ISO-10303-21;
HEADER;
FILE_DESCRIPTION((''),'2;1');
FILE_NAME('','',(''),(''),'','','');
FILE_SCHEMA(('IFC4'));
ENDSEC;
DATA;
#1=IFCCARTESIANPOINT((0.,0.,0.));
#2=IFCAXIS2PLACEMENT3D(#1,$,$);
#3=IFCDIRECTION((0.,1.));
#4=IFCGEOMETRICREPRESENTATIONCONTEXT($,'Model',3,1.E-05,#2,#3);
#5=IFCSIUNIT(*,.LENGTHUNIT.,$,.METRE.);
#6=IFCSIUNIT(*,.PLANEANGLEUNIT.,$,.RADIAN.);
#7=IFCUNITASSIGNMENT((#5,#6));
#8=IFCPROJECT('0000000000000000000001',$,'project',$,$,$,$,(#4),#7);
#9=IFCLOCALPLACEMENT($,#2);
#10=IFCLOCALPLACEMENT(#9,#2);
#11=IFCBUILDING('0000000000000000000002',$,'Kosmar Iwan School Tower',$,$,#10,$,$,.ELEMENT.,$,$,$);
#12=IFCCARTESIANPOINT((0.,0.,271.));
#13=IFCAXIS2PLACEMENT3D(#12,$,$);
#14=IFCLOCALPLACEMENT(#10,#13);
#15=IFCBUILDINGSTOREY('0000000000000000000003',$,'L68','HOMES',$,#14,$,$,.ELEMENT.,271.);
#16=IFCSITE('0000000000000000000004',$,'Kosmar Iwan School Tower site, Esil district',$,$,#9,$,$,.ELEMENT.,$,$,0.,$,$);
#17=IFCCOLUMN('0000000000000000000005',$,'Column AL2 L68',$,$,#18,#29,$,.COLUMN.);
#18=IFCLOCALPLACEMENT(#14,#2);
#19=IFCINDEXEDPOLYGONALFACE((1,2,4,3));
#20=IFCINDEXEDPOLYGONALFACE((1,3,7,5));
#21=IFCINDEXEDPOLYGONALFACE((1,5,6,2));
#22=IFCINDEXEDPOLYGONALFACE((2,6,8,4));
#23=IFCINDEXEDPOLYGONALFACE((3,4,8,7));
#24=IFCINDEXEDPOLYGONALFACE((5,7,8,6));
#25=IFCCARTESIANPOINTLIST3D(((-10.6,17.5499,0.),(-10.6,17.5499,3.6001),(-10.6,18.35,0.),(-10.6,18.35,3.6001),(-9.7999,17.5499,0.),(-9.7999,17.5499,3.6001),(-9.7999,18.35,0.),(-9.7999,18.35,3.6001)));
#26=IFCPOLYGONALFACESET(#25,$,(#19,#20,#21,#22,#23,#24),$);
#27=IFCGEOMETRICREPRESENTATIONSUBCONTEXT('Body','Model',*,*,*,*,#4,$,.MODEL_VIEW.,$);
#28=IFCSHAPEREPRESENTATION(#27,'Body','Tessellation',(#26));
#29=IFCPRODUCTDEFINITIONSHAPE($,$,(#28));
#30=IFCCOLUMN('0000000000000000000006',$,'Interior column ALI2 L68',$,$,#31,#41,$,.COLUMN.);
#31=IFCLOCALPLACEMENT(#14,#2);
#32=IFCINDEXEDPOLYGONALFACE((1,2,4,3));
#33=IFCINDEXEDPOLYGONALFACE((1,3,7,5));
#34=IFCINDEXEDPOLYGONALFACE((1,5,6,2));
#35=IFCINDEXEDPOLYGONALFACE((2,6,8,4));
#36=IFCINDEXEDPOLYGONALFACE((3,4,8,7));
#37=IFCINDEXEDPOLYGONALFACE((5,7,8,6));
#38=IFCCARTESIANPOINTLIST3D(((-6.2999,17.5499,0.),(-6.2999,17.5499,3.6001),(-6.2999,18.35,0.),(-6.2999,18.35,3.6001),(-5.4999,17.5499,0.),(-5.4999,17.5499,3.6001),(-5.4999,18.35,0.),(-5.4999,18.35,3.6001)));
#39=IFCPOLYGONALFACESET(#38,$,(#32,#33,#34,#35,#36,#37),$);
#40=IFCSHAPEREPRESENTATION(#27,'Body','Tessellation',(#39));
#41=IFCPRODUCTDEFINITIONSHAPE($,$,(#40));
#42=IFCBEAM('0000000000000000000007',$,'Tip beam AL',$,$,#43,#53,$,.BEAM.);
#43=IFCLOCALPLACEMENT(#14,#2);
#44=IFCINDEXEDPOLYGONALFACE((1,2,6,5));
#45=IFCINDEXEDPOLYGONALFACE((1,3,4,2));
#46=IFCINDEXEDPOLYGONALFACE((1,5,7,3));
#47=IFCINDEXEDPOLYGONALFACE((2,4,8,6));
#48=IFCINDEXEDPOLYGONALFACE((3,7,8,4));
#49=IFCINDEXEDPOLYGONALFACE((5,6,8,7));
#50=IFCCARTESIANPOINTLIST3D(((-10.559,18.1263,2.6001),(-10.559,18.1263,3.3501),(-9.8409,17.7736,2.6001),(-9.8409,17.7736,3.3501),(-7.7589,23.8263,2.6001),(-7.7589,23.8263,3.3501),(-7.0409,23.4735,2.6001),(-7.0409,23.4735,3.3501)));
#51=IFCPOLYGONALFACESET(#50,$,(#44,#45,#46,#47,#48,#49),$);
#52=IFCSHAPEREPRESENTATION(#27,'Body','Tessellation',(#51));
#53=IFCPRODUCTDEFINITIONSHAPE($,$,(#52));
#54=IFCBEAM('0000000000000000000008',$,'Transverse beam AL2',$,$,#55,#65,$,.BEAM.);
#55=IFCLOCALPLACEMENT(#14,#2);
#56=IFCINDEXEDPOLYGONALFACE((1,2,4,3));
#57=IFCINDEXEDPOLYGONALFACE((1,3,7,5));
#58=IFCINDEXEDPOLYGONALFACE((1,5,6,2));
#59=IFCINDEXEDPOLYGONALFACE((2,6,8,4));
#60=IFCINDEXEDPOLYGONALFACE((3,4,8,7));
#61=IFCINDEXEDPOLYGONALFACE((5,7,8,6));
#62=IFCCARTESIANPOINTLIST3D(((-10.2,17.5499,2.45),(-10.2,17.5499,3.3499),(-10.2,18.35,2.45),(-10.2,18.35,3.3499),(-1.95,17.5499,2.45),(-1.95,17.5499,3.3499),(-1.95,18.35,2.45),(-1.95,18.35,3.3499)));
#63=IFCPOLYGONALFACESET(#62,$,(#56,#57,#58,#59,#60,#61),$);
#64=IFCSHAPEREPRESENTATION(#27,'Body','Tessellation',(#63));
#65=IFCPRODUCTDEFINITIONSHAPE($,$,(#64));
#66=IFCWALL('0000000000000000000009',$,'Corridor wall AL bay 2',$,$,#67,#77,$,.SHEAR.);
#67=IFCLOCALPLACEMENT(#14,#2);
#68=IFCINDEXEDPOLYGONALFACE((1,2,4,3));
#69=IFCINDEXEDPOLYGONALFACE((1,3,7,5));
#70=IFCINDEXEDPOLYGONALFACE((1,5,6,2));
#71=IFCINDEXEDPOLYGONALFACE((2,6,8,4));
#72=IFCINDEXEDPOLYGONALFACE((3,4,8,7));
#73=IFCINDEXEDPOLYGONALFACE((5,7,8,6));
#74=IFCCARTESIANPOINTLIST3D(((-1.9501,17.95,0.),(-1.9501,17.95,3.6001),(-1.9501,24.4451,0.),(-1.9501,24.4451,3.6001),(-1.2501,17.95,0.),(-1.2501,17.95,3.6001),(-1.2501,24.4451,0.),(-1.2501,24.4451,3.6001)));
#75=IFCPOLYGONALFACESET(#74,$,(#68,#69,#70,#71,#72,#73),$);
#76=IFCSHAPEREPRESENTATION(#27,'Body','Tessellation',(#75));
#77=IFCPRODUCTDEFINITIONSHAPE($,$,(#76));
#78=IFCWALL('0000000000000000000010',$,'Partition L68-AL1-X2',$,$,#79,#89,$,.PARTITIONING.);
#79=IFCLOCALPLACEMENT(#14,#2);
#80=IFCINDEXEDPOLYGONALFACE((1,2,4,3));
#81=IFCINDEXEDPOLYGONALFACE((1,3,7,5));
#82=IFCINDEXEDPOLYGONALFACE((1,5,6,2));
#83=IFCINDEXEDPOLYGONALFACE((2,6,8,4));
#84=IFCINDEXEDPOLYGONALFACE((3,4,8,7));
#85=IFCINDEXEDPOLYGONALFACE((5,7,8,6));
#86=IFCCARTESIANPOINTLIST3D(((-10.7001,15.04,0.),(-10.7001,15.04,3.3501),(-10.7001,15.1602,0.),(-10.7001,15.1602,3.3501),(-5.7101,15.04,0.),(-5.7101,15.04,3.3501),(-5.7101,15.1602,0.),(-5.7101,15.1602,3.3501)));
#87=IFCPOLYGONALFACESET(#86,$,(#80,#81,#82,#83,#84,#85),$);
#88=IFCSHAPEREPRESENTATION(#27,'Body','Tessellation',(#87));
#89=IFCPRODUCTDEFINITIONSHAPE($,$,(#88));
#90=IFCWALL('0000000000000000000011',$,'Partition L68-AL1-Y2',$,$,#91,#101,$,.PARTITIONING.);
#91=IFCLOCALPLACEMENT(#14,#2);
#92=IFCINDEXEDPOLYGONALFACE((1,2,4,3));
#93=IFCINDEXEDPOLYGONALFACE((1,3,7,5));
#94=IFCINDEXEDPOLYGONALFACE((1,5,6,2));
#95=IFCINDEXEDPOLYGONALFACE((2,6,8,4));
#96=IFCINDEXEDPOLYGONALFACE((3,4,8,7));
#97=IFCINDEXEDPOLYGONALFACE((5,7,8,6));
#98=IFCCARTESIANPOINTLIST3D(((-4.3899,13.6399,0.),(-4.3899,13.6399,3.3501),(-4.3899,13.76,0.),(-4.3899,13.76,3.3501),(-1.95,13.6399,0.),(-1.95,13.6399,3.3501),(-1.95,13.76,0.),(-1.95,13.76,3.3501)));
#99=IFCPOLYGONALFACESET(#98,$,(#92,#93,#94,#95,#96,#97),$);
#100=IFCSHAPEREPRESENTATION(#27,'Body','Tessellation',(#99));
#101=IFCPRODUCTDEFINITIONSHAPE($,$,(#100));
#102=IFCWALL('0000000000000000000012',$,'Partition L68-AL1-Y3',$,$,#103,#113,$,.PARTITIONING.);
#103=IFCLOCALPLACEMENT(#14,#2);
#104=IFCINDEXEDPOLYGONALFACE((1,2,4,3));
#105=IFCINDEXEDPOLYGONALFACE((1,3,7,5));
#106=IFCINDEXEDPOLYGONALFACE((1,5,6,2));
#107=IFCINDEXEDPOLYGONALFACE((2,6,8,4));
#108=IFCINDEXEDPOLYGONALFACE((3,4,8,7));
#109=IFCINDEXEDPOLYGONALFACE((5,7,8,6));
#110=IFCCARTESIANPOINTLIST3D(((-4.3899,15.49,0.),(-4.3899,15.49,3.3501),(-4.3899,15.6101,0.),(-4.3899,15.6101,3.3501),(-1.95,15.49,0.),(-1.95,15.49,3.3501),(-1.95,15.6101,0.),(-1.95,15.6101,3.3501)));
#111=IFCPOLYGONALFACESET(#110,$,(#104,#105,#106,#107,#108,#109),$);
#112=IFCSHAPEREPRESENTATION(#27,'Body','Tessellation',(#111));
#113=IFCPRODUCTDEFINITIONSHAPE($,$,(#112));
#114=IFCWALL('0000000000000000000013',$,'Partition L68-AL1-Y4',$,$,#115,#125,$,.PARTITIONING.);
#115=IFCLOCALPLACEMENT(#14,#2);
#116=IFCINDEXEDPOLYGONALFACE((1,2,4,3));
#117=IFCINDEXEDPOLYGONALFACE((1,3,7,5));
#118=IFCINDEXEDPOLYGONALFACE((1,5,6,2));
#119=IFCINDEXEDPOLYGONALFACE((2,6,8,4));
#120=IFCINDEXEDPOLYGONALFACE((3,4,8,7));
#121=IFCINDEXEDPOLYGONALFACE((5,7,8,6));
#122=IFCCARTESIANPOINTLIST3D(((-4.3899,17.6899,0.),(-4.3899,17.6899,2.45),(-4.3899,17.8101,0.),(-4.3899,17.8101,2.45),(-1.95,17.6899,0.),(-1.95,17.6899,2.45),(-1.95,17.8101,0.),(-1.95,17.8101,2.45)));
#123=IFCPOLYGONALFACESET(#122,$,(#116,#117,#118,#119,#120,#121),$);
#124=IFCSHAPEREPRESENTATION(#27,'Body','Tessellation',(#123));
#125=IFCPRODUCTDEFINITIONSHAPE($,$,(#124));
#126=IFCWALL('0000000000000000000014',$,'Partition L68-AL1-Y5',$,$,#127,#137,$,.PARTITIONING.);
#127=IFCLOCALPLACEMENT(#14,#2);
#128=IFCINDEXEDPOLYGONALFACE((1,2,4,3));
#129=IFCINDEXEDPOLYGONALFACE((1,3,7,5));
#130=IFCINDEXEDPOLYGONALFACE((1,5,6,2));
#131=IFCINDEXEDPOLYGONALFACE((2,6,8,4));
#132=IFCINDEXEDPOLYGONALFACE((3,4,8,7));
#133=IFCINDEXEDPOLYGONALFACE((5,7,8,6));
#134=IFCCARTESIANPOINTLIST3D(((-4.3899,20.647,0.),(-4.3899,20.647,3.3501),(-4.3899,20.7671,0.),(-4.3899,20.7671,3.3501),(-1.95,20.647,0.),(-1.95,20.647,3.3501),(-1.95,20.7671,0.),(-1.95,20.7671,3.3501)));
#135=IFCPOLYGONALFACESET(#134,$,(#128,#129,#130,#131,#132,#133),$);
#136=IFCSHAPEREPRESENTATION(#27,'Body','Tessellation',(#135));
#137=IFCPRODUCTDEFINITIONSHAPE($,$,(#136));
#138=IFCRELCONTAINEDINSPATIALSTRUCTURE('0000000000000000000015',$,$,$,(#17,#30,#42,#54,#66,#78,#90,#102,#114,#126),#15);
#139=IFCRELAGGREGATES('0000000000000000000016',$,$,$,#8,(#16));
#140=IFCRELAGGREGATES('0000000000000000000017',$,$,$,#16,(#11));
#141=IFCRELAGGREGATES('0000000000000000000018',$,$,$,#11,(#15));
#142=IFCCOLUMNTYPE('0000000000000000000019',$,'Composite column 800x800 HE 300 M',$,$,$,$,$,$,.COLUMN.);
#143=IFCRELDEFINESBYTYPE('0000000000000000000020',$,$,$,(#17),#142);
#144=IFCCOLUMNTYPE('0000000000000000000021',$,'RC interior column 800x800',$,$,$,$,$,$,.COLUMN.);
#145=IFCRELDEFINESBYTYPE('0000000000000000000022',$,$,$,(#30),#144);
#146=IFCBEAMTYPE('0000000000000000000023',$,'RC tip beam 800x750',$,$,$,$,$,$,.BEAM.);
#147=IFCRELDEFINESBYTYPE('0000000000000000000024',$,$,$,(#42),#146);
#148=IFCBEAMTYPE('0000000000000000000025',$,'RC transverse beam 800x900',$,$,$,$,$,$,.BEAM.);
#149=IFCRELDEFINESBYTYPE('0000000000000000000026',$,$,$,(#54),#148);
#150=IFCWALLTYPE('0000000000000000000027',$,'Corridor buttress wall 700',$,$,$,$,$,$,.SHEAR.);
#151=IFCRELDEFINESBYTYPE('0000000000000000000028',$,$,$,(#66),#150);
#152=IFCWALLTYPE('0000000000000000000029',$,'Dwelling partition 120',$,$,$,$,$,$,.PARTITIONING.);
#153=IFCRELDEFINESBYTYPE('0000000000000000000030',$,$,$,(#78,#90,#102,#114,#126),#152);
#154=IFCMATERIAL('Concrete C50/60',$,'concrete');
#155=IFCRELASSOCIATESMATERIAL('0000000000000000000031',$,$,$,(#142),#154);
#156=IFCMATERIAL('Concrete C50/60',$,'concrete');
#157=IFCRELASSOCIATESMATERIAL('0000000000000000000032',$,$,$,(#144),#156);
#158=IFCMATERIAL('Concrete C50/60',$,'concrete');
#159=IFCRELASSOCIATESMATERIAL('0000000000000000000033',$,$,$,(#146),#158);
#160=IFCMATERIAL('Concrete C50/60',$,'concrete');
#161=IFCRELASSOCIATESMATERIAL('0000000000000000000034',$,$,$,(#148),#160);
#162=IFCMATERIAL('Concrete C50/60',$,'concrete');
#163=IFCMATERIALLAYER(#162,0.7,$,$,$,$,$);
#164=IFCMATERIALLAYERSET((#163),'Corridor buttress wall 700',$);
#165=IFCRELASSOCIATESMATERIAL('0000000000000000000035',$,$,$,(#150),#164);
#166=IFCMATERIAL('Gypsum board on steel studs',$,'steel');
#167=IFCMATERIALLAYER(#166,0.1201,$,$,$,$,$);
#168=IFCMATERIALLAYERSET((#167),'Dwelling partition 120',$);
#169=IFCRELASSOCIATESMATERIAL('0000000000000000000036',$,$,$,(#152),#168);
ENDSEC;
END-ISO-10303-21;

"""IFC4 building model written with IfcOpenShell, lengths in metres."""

from ifc_helpers import new_model, si_unit, direction, frame, frame_2d, origin, origin_2d, place, context, subcontext, project, spatial, rectangle, extrude, material, layer, layer_set, material_profile, profile_set, type_object, element, save


model = new_model("IFC4")

# Units and contexts
model_context = context("Model", 3, precision=1e-05, world=origin(), true_north=direction((0.0, 1.0)))
body_context = subcontext(model_context, "Body", "Model", "MODEL_VIEW")
ifc_project = project(units=[si_unit("LENGTHUNIT", "METRE"), si_unit("PLANEANGLEUNIT", "RADIAN")], contexts=[model_context])

# Site, building, storey
site_placement = place(None, origin())
site = spatial("IfcSite", under=ifc_project, at=site_placement, Name="Kosmar Iwan School Tower site, Esil district", CompositionType="ELEMENT", RefElevation=0.0)
building_placement = place(site_placement, origin())
building = spatial("IfcBuilding", under=site, at=building_placement, Name="Kosmar Iwan School Tower", CompositionType="ELEMENT")
storey_placement = place(building_placement, frame((0.0, 0.0, 271.0)))
storey = spatial("IfcBuildingStorey", under=building, at=storey_placement, Name="L68", Description="HOMES", CompositionType="ELEMENT", Elevation=271.0)

# Columns
ifc_material_1 = material(Name="Concrete C50/60", Category="concrete")
ifc_material_profile_1 = material_profile(ifc_material_1, rectangle(XDim=0.8, YDim=0.8, at=origin_2d()), Name="RC 800x800 + HE 300 M")
ifc_profile_set_1 = profile_set([ifc_material_profile_1], Name="Concrete C50/60")
column_type_1 = type_object("IfcColumnType", Name="Composite column 800x800 HE 300 M", PredefinedType="COLUMN", material=ifc_profile_set_1)
column_1_placement = place(storey_placement, frame((-10.2, 17.95, 0.0), z_axis=(0.0, 0.0, 1.0), x_axis=(0.0, 1.0, 0.0)))
element("IfcColumn", 1, at=column_1_placement, inside=storey, type_object=column_type_1, Name="Column AL2 L68", PredefinedType="COLUMN", context=body_context, shape_type="SweptSolid", body=[
    extrude(rectangle(XDim=0.8, YDim=0.8, at=origin_2d()), origin(), (0.0, 0.0, 1.0), 3.6001),
])
ifc_material_2 = material(Name="Concrete C50/60", Category="concrete")
ifc_material_profile_2 = material_profile(ifc_material_2, rectangle(XDim=0.8, YDim=0.8, at=origin_2d()), Name="RC 800x800")
ifc_profile_set_2 = profile_set([ifc_material_profile_2], Name="Concrete C50/60")
column_type_2 = type_object("IfcColumnType", Name="RC interior column 800x800", PredefinedType="COLUMN", material=ifc_profile_set_2)
column_2_placement = place(storey_placement, frame((-5.8999, 17.95, 0.0), z_axis=(0.0, 0.0, 1.0), x_axis=(0.0, 1.0, 0.0)))
element("IfcColumn", 2, at=column_2_placement, inside=storey, type_object=column_type_2, Name="Interior column ALI2 L68", PredefinedType="COLUMN", context=body_context, shape_type="SweptSolid", body=[
    extrude(rectangle(XDim=0.8, YDim=0.8, at=origin_2d()), origin(), (0.0, 0.0, 1.0), 3.6001),
])

# Beams
ifc_material_3 = material(Name="Concrete C50/60", Category="concrete")
ifc_material_profile_3 = material_profile(ifc_material_3, rectangle(XDim=0.8, YDim=0.75, at=origin_2d()), Name="RC 800x750")
ifc_profile_set_3 = profile_set([ifc_material_profile_3], Name="Concrete C50/60")
beam_type_1 = type_object("IfcBeamType", Name="RC tip beam 800x750", PredefinedType="BEAM", material=ifc_profile_set_3)
beam_1_placement = place(storey_placement, frame((-10.2, 17.95, 2.9751), z_axis=(0.440913, 0.89755, 0.0), x_axis=(-0.89755, 0.440913, 0.0)))
element("IfcBeam", 3, at=beam_1_placement, inside=storey, type_object=beam_type_1, Name="Tip beam AL", PredefinedType="BEAM", context=body_context, shape_type="SweptSolid", body=[
    extrude(rectangle(XDim=0.8, YDim=0.75, at=origin_2d()), origin(), (0.0, 0.0, 1.0), 6.3506),
])
ifc_material_4 = material(Name="Concrete C50/60", Category="concrete")
ifc_material_profile_4 = material_profile(ifc_material_4, rectangle(XDim=0.8, YDim=0.8999, at=origin_2d()), Name="RC 800x900")
ifc_profile_set_4 = profile_set([ifc_material_profile_4], Name="Concrete C50/60")
beam_type_2 = type_object("IfcBeamType", Name="RC transverse beam 800x900", PredefinedType="BEAM", material=ifc_profile_set_4)
beam_2_placement = place(storey_placement, frame((-10.2, 17.95, 2.8999), z_axis=(1.0, 0.0, 0.0), x_axis=(0.0, 1.0, 0.0)))
element("IfcBeam", 4, at=beam_2_placement, inside=storey, type_object=beam_type_2, Name="Transverse beam AL2", PredefinedType="BEAM", context=body_context, shape_type="SweptSolid", body=[
    extrude(rectangle(XDim=0.8, YDim=0.8999, at=origin_2d()), origin(), (0.0, 0.0, 1.0), 8.25),
])

# Walls
ifc_material_5 = material(Name="Concrete C50/60", Category="concrete")
ifc_layer_1 = layer(ifc_material_5, 0.7)
ifc_layer_set_1 = layer_set([ifc_layer_1], Name="Corridor buttress wall 700")
wall_type_1 = type_object("IfcWallType", Name="Corridor buttress wall 700", PredefinedType="SHEAR", material=ifc_layer_set_1)
wall_1_placement = place(storey_placement, frame((-1.6001, 17.95, 0.0), z_axis=(0.0, 0.0, 1.0), x_axis=(0.0, 1.0, 0.0)))
element("IfcWall", 5, at=wall_1_placement, inside=storey, type_object=wall_type_1, Name="Corridor wall AL bay 2", PredefinedType="SHEAR", context=body_context, shape_type="SweptSolid", body=[
    extrude(rectangle(XDim=6.4951, YDim=0.7, at=frame_2d((3.2476, 0.0))), origin(), (0.0, 0.0, 1.0), 3.6001),
])
ifc_material_6 = material(Name="Gypsum board on steel studs", Category="steel")
ifc_layer_2 = layer(ifc_material_6, 0.1201)
ifc_layer_set_2 = layer_set([ifc_layer_2], Name="Dwelling partition 120")
wall_type_2 = type_object("IfcWallType", Name="Dwelling partition 120", PredefinedType="PARTITIONING", material=ifc_layer_set_2)
wall_2_placement = place(storey_placement, frame((-5.71, 15.1001, 0.0), z_axis=(0.0, 0.0, 1.0), x_axis=(-1.0, 0.0, 0.0)))
element("IfcWall", 6, at=wall_2_placement, inside=storey, type_object=wall_type_2, Name="Partition L68-AL1-X2", PredefinedType="PARTITIONING", context=body_context, shape_type="SweptSolid", body=[
    extrude(rectangle(XDim=4.99, YDim=0.1201, at=frame_2d((2.4951, 0.0))), origin(), (0.0, 0.0, 1.0), 3.3501),
])
for number, where, z_axis, x_axis, name in (
    (7, (-1.95, 13.7, 0.0), (0.0, 0.0, 1.0), (-1.0, 0.0, 0.0), "Partition L68-AL1-Y2"),
    (8, (-1.95, 15.55, 0.0), (0.0, 0.0, 1.0), (-1.0, 0.0, 0.0), "Partition L68-AL1-Y3"),
):
    element("IfcWall", number, at=place(storey_placement, frame(where, z_axis=z_axis, x_axis=x_axis)), inside=storey, type_object=wall_type_2, Name=name, PredefinedType="PARTITIONING", context=body_context, shape_type="SweptSolid", body=[
        extrude(rectangle(XDim=2.4399, YDim=0.1201, at=frame_2d((1.22, 0.0))), origin(), (0.0, 0.0, 1.0), 3.3501),
    ])
wall_3_placement = place(storey_placement, frame((-1.95, 17.75, 0.0), z_axis=(0.0, 0.0, 1.0), x_axis=(-1.0, 0.0, 0.0)))
element("IfcWall", 9, at=wall_3_placement, inside=storey, type_object=wall_type_2, Name="Partition L68-AL1-Y4", PredefinedType="PARTITIONING", context=body_context, shape_type="SweptSolid", body=[
    extrude(rectangle(XDim=2.4399, YDim=0.1201, at=frame_2d((1.22, 0.0))), origin(), (0.0, 0.0, 1.0), 2.45),
])
wall_4_placement = place(storey_placement, frame((-1.95, 20.707, 0.0), z_axis=(0.0, 0.0, 1.0), x_axis=(-1.0, 0.0, 0.0)))
element("IfcWall", 10, at=wall_4_placement, inside=storey, type_object=wall_type_2, Name="Partition L68-AL1-Y5", PredefinedType="PARTITIONING", context=body_context, shape_type="SweptSolid", body=[
    extrude(rectangle(XDim=2.4399, YDim=0.1201, at=frame_2d((1.22, 0.0))), origin(), (0.0, 0.0, 1.0), 3.3501),
])

save(model, "model.ifc")
